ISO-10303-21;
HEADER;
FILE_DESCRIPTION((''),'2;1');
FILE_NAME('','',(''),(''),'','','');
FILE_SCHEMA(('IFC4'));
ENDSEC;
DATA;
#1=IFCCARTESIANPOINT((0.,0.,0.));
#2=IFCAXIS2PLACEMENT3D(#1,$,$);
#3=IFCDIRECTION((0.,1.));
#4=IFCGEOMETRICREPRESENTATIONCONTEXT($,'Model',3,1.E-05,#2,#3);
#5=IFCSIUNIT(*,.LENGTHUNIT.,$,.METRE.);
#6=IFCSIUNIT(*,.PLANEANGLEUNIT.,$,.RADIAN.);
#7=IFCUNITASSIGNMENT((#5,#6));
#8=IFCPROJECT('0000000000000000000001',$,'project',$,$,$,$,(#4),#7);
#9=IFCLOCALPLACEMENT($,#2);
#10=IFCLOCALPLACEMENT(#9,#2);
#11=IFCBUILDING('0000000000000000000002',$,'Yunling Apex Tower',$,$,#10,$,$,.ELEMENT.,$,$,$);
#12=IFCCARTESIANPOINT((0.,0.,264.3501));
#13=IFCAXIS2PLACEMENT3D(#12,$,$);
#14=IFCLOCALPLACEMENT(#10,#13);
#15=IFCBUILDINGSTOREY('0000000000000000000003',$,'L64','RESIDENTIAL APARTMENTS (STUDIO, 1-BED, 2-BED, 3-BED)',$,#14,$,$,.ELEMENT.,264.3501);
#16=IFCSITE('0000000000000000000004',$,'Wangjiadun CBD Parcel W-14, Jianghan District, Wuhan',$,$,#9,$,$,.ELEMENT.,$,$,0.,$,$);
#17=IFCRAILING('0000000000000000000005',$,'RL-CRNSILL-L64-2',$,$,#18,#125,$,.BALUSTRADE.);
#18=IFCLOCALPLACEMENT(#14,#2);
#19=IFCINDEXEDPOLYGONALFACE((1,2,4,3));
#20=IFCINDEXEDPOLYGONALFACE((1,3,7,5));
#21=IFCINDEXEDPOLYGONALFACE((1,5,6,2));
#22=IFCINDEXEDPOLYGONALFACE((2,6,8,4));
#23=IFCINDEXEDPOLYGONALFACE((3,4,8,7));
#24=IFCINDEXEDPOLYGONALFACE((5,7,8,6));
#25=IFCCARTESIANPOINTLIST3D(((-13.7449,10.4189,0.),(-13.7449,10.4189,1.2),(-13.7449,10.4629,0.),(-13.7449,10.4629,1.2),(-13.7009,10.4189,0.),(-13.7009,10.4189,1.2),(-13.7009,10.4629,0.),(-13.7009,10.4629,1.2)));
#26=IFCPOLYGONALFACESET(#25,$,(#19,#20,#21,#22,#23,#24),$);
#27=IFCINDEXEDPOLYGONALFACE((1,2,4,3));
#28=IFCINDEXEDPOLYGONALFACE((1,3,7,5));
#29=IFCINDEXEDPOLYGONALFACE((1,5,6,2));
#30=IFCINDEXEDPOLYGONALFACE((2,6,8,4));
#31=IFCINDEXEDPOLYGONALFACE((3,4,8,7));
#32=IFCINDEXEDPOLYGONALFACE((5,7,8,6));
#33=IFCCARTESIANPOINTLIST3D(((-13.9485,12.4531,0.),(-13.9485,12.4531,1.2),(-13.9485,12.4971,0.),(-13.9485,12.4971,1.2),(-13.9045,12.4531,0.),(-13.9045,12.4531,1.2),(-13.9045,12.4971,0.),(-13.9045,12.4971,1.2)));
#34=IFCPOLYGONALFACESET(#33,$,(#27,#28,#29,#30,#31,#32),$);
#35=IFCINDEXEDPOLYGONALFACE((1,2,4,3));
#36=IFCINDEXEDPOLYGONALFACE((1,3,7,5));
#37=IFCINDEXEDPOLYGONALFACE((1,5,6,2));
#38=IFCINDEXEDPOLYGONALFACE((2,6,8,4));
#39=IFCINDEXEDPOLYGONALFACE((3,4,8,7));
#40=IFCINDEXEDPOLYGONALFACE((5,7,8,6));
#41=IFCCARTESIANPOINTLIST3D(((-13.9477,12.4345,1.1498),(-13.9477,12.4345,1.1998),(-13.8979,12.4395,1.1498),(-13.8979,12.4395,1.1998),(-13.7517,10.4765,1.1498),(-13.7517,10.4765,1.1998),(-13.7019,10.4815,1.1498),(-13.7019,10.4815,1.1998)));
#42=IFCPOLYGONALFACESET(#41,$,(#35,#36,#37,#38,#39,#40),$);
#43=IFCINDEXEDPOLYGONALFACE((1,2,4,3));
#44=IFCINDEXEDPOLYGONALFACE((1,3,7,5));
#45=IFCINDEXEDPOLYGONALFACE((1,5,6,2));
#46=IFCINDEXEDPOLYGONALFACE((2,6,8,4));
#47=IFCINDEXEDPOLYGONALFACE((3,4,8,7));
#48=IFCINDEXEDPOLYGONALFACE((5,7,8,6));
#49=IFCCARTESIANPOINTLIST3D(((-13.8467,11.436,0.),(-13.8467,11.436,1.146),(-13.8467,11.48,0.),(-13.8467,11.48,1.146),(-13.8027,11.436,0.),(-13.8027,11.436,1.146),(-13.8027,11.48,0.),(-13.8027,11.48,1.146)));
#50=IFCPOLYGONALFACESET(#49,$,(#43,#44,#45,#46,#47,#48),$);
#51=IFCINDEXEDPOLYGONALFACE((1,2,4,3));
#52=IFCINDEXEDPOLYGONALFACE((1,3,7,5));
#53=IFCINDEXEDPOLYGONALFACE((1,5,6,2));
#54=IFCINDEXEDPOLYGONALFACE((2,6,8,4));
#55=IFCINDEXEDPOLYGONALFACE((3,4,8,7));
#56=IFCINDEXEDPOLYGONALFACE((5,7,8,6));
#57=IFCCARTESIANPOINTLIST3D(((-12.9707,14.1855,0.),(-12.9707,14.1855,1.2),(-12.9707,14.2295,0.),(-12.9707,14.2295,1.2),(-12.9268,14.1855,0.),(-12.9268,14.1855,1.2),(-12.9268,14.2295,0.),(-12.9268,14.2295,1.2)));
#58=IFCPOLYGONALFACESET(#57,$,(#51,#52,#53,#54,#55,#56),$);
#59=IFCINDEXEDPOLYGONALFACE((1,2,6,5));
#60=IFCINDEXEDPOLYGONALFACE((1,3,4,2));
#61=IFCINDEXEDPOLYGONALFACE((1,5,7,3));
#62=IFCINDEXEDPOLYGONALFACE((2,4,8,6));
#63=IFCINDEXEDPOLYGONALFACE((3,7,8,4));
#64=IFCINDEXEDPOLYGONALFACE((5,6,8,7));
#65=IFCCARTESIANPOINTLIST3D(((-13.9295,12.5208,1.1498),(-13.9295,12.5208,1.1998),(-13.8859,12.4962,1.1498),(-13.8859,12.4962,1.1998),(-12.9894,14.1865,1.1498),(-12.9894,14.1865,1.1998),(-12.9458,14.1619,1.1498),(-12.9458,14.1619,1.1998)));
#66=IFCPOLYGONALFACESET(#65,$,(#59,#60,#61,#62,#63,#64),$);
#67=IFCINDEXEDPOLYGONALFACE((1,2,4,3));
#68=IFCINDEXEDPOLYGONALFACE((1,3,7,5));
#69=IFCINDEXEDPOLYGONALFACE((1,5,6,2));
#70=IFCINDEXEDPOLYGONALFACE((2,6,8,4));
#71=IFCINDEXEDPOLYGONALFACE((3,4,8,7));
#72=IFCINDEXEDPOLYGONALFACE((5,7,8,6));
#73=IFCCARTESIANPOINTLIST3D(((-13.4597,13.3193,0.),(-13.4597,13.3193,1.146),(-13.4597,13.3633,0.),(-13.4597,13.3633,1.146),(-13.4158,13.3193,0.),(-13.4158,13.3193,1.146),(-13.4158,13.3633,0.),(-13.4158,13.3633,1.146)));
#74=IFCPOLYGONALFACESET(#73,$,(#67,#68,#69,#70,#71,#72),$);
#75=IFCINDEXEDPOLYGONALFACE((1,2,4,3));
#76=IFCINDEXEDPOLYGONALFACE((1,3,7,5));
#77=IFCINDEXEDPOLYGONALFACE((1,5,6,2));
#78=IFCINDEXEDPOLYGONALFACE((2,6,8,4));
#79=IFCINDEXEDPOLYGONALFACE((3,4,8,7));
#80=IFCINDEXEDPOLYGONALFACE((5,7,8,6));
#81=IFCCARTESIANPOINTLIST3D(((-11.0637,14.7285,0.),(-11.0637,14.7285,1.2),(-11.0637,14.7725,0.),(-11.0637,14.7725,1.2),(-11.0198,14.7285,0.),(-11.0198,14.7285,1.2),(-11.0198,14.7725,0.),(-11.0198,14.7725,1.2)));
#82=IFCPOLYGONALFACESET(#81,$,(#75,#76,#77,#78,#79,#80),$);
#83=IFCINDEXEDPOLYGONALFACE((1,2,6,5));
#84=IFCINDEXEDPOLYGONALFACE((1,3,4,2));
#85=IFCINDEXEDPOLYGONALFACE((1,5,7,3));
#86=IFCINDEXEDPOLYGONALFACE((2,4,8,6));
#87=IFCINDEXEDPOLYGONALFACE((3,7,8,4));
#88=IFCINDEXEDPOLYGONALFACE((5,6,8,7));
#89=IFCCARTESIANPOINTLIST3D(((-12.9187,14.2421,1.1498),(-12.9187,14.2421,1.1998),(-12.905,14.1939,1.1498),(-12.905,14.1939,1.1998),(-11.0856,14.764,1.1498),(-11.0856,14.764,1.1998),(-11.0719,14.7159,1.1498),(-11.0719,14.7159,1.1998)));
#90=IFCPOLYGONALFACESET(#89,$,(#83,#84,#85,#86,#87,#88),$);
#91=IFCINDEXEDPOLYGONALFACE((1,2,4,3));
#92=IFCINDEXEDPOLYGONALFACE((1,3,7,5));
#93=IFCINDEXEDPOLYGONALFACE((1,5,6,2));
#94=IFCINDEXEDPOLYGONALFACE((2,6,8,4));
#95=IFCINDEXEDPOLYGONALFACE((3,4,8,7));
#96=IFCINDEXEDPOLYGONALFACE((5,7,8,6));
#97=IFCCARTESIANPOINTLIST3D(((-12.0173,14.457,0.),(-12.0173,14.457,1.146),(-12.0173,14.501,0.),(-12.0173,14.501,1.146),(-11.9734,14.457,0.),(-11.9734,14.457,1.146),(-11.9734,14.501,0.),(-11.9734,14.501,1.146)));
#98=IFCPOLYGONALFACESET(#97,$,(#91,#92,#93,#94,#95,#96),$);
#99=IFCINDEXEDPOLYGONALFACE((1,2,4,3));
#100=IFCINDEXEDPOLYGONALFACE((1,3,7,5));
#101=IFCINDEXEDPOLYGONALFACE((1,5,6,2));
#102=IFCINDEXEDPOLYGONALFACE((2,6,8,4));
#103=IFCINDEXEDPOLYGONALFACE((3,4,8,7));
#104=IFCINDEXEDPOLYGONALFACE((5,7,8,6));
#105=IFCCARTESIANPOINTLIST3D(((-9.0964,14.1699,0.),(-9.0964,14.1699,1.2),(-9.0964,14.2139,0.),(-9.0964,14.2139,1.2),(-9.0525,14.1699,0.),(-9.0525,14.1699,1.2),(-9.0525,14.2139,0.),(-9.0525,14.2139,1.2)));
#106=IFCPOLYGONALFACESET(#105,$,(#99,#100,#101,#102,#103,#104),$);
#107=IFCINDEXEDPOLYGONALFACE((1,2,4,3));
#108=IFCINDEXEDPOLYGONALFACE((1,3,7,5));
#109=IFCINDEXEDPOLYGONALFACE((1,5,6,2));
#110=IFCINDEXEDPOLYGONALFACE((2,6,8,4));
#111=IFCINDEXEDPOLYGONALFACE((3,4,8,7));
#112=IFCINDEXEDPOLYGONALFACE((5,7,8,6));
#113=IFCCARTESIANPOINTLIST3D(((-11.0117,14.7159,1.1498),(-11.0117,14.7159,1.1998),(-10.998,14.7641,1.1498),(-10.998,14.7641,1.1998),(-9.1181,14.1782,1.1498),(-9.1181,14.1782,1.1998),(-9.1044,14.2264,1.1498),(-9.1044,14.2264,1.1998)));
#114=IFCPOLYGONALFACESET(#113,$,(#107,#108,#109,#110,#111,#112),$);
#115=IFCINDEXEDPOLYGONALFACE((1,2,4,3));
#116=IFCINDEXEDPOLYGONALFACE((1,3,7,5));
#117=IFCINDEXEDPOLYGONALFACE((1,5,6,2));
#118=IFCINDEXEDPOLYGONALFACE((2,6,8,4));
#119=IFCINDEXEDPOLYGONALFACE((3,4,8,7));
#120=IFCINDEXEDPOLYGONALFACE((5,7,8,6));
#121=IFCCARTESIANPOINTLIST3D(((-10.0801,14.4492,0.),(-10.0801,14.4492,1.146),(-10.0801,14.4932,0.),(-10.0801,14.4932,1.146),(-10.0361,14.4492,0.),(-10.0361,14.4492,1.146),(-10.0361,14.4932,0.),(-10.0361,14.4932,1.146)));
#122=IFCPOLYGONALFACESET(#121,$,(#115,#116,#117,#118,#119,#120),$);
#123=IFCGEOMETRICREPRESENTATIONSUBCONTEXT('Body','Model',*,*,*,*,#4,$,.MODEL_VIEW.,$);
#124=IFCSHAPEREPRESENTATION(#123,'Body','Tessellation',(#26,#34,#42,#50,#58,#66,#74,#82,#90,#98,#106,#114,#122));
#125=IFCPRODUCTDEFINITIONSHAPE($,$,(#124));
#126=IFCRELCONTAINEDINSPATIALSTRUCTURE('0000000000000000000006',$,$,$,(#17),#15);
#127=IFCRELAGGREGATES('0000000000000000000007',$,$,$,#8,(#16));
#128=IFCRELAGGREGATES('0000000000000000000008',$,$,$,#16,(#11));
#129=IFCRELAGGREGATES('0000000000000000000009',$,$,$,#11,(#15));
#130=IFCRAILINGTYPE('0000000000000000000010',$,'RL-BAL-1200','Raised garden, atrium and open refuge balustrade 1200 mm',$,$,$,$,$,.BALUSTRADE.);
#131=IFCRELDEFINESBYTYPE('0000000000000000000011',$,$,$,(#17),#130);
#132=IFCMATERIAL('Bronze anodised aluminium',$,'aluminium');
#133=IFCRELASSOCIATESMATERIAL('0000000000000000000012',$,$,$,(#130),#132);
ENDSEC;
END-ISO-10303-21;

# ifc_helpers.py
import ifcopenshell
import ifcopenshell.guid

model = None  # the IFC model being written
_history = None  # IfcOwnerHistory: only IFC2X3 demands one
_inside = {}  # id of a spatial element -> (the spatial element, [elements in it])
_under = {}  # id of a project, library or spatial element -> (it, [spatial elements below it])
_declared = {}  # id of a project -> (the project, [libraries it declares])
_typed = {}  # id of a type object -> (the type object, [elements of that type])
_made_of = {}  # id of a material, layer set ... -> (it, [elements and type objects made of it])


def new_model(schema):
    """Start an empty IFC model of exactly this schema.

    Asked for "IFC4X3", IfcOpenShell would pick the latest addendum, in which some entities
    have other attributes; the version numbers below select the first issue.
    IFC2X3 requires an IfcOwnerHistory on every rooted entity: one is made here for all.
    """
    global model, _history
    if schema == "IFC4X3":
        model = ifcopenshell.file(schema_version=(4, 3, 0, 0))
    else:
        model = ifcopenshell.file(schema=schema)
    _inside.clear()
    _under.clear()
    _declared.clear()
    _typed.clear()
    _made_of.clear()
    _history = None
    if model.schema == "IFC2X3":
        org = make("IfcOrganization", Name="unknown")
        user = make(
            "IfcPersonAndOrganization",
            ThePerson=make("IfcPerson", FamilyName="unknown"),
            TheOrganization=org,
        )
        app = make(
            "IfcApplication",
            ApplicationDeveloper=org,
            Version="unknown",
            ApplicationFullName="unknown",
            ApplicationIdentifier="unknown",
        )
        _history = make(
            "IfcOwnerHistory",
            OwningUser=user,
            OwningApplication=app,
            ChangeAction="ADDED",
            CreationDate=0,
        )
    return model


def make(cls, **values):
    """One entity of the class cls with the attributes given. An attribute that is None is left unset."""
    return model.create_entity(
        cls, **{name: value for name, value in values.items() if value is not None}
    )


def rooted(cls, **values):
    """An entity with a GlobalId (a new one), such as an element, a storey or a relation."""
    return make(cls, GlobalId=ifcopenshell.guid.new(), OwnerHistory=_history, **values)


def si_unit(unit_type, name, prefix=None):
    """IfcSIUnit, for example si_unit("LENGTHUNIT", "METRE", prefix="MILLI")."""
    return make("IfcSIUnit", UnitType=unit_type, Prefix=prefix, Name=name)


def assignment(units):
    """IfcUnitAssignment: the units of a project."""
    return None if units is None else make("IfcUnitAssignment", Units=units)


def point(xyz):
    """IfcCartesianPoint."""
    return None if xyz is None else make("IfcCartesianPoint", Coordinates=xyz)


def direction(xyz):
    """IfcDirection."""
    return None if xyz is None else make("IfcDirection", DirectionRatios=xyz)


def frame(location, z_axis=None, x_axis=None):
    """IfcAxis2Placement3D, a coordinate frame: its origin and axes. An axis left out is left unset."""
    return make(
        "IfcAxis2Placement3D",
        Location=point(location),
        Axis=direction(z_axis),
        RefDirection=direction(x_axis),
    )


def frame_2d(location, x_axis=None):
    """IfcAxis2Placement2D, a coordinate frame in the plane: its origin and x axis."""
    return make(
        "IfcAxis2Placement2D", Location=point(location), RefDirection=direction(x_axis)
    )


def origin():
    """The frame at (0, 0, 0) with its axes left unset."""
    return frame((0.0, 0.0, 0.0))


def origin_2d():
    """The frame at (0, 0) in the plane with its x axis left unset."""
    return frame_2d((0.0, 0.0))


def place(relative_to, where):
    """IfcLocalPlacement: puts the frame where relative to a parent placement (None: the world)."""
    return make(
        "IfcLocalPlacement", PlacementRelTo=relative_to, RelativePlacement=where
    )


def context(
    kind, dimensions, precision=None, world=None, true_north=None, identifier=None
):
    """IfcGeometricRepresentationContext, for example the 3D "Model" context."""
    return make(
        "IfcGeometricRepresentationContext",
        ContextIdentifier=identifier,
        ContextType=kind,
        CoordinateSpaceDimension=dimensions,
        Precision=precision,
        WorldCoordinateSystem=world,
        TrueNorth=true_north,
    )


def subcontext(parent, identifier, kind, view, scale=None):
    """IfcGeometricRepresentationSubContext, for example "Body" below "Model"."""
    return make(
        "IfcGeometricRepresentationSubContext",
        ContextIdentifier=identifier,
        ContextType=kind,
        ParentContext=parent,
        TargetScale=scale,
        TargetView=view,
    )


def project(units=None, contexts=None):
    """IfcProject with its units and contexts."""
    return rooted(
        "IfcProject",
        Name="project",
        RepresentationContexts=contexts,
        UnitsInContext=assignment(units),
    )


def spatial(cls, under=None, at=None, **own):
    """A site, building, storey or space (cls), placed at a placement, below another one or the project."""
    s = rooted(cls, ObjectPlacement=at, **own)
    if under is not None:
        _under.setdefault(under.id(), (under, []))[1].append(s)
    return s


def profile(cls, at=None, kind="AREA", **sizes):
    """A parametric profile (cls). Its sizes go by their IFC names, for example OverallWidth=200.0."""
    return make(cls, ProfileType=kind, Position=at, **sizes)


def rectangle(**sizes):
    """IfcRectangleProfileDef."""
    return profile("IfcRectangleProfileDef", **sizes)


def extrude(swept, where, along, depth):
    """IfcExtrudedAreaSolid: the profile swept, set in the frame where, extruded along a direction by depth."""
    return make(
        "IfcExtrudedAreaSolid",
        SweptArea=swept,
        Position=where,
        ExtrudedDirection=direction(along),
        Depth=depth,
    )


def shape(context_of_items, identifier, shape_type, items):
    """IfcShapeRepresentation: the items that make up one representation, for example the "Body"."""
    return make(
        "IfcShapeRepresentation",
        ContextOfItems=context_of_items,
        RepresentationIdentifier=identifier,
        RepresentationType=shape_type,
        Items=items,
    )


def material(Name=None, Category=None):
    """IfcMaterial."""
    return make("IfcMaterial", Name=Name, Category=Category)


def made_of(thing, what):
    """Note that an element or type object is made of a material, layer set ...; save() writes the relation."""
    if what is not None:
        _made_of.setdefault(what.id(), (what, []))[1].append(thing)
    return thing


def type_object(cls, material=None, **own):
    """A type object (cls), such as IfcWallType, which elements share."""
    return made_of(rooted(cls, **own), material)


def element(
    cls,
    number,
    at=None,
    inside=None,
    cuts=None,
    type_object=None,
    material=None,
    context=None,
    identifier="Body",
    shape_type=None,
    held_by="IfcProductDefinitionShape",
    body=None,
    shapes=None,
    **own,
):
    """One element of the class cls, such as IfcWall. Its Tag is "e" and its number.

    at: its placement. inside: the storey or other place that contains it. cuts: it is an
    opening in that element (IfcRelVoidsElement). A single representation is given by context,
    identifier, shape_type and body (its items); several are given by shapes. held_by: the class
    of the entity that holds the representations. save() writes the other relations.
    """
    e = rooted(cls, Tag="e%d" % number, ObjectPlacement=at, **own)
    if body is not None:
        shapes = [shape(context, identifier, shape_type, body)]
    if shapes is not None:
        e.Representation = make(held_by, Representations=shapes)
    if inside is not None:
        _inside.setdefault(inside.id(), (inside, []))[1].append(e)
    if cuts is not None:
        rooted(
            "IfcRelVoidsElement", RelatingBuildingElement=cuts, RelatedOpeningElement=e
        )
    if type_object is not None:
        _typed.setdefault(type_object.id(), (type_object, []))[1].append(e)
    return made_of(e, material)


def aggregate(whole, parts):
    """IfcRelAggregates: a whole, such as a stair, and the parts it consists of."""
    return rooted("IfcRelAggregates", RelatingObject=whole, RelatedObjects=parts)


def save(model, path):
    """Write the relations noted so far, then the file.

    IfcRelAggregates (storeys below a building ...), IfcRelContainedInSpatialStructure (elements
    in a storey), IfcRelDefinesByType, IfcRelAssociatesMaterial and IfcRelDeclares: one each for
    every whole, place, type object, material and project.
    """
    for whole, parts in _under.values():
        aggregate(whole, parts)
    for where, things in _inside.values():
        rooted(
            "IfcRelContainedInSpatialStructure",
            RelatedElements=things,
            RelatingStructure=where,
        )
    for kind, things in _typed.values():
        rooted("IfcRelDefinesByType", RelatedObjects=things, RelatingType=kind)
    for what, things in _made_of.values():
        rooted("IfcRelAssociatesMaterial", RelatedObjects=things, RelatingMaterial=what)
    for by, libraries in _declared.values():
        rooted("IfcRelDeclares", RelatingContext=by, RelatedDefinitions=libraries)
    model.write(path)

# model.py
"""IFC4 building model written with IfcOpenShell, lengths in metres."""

from ifc_helpers import new_model, si_unit, direction, frame, origin, origin_2d, place, context, subcontext, project, spatial, rectangle, extrude, material, type_object, element, save


model = new_model("IFC4")

# Units and contexts
model_context = context("Model", 3, precision=1e-05, world=origin(), true_north=direction((0.0, 1.0)))
body_context = subcontext(model_context, "Body", "Model", "MODEL_VIEW")
ifc_project = project(units=[si_unit("LENGTHUNIT", "METRE"), si_unit("PLANEANGLEUNIT", "RADIAN")], contexts=[model_context])

# Site, building, storey
site_placement = place(None, origin())
site = spatial("IfcSite", under=ifc_project, at=site_placement, Name="Wangjiadun CBD Parcel W-14, Jianghan District, Wuhan", CompositionType="ELEMENT", RefElevation=0.0)
building_placement = place(site_placement, origin())
building = spatial("IfcBuilding", under=site, at=building_placement, Name="Yunling Apex Tower", CompositionType="ELEMENT")
storey_placement = place(building_placement, frame((0.0, 0.0, 264.3501)))
storey = spatial("IfcBuildingStorey", under=building, at=storey_placement, Name="L64", Description="RESIDENTIAL APARTMENTS (STUDIO, 1-BED, 2-BED, 3-BED)", CompositionType="ELEMENT", Elevation=264.3501)

# Shared definitions
ifc_material_1 = material(Name="Bronze anodised aluminium", Category="aluminium")

# Railing
railing_type = type_object("IfcRailingType", Name="RL-BAL-1200", Description="Raised garden, atrium and open refuge balustrade 1200 mm", PredefinedType="BALUSTRADE", material=ifc_material_1)
railing_placement = place(storey_placement, frame((-13.7229, 10.4409, 0.0)))
element("IfcRailing", 1, at=railing_placement, inside=storey, type_object=railing_type, Name="RL-CRNSILL-L64-2", PredefinedType="BALUSTRADE", context=body_context, shape_type="SweptSolid", body=[
    extrude(rectangle(XDim=0.0439, YDim=0.0439, at=origin_2d()), origin(), (0.0, 0.0, 1.0), 1.2),
    extrude(rectangle(XDim=0.0439, YDim=0.0439, at=origin_2d()), frame((-0.2036, 2.0342, 0.0)), (0.0, 0.0, 1.0), 1.2),
    extrude(rectangle(XDim=0.05, YDim=0.05, at=origin_2d()), frame((-0.0039, 0.0381, 1.1748), z_axis=(-0.099598, 0.995028, 0.0), x_axis=(-0.995028, -0.099598, 0.0)), (0.0, 0.0, 1.0), 1.9678),
    extrude(rectangle(XDim=0.0439, YDim=0.0439, at=origin_2d()), frame((-0.1018, 1.0171, 0.0)), (0.0, 0.0, 1.0), 1.146),
    extrude(rectangle(XDim=0.0439, YDim=0.0439, at=origin_2d()), frame((0.7742, 3.7666, 0.0)), (0.0, 0.0, 1.0), 1.2),
    extrude(rectangle(XDim=0.05, YDim=0.05, at=origin_2d()), frame((-0.1848, 2.0676, 1.1748), z_axis=(0.491519, 0.870867, 0.0), x_axis=(-0.870867, 0.491519, 0.0)), (0.0, 0.0, 1.0), 1.9126),
    extrude(rectangle(XDim=0.0439, YDim=0.0439, at=origin_2d()), frame((0.2852, 2.9004, 0.0)), (0.0, 0.0, 1.0), 1.146),
    extrude(rectangle(XDim=0.0439, YDim=0.0439, at=origin_2d()), frame((2.6812, 4.3096, 0.0)), (0.0, 0.0, 1.0), 1.2),
    extrude(rectangle(XDim=0.05, YDim=0.05, at=origin_2d()), frame((0.811, 3.7771, 1.1748), z_axis=(0.961774, 0.273843, 0.0), x_axis=(-0.273843, 0.961774, 0.0)), (0.0, 0.0, 1.0), 1.906),
    extrude(rectangle(XDim=0.0439, YDim=0.0439, at=origin_2d()), frame((1.7275, 4.0381, 0.0)), (0.0, 0.0, 1.0), 1.146),
    extrude(rectangle(XDim=0.0439, YDim=0.0439, at=origin_2d()), frame((4.6484, 3.751, 0.0)), (0.0, 0.0, 1.0), 1.2),
    extrude(rectangle(XDim=0.05, YDim=0.05, at=origin_2d()), frame((2.718, 4.2991, 1.1748), z_axis=(0.961973, -0.273144, 0.0), x_axis=(0.273144, 0.961973, 0.0)), (0.0, 0.0, 1.0), 1.9685),
    extrude(rectangle(XDim=0.0439, YDim=0.0439, at=origin_2d()), frame((3.6648, 4.0303, 0.0)), (0.0, 0.0, 1.0), 1.146),
])

save(model, "model.ifc")
